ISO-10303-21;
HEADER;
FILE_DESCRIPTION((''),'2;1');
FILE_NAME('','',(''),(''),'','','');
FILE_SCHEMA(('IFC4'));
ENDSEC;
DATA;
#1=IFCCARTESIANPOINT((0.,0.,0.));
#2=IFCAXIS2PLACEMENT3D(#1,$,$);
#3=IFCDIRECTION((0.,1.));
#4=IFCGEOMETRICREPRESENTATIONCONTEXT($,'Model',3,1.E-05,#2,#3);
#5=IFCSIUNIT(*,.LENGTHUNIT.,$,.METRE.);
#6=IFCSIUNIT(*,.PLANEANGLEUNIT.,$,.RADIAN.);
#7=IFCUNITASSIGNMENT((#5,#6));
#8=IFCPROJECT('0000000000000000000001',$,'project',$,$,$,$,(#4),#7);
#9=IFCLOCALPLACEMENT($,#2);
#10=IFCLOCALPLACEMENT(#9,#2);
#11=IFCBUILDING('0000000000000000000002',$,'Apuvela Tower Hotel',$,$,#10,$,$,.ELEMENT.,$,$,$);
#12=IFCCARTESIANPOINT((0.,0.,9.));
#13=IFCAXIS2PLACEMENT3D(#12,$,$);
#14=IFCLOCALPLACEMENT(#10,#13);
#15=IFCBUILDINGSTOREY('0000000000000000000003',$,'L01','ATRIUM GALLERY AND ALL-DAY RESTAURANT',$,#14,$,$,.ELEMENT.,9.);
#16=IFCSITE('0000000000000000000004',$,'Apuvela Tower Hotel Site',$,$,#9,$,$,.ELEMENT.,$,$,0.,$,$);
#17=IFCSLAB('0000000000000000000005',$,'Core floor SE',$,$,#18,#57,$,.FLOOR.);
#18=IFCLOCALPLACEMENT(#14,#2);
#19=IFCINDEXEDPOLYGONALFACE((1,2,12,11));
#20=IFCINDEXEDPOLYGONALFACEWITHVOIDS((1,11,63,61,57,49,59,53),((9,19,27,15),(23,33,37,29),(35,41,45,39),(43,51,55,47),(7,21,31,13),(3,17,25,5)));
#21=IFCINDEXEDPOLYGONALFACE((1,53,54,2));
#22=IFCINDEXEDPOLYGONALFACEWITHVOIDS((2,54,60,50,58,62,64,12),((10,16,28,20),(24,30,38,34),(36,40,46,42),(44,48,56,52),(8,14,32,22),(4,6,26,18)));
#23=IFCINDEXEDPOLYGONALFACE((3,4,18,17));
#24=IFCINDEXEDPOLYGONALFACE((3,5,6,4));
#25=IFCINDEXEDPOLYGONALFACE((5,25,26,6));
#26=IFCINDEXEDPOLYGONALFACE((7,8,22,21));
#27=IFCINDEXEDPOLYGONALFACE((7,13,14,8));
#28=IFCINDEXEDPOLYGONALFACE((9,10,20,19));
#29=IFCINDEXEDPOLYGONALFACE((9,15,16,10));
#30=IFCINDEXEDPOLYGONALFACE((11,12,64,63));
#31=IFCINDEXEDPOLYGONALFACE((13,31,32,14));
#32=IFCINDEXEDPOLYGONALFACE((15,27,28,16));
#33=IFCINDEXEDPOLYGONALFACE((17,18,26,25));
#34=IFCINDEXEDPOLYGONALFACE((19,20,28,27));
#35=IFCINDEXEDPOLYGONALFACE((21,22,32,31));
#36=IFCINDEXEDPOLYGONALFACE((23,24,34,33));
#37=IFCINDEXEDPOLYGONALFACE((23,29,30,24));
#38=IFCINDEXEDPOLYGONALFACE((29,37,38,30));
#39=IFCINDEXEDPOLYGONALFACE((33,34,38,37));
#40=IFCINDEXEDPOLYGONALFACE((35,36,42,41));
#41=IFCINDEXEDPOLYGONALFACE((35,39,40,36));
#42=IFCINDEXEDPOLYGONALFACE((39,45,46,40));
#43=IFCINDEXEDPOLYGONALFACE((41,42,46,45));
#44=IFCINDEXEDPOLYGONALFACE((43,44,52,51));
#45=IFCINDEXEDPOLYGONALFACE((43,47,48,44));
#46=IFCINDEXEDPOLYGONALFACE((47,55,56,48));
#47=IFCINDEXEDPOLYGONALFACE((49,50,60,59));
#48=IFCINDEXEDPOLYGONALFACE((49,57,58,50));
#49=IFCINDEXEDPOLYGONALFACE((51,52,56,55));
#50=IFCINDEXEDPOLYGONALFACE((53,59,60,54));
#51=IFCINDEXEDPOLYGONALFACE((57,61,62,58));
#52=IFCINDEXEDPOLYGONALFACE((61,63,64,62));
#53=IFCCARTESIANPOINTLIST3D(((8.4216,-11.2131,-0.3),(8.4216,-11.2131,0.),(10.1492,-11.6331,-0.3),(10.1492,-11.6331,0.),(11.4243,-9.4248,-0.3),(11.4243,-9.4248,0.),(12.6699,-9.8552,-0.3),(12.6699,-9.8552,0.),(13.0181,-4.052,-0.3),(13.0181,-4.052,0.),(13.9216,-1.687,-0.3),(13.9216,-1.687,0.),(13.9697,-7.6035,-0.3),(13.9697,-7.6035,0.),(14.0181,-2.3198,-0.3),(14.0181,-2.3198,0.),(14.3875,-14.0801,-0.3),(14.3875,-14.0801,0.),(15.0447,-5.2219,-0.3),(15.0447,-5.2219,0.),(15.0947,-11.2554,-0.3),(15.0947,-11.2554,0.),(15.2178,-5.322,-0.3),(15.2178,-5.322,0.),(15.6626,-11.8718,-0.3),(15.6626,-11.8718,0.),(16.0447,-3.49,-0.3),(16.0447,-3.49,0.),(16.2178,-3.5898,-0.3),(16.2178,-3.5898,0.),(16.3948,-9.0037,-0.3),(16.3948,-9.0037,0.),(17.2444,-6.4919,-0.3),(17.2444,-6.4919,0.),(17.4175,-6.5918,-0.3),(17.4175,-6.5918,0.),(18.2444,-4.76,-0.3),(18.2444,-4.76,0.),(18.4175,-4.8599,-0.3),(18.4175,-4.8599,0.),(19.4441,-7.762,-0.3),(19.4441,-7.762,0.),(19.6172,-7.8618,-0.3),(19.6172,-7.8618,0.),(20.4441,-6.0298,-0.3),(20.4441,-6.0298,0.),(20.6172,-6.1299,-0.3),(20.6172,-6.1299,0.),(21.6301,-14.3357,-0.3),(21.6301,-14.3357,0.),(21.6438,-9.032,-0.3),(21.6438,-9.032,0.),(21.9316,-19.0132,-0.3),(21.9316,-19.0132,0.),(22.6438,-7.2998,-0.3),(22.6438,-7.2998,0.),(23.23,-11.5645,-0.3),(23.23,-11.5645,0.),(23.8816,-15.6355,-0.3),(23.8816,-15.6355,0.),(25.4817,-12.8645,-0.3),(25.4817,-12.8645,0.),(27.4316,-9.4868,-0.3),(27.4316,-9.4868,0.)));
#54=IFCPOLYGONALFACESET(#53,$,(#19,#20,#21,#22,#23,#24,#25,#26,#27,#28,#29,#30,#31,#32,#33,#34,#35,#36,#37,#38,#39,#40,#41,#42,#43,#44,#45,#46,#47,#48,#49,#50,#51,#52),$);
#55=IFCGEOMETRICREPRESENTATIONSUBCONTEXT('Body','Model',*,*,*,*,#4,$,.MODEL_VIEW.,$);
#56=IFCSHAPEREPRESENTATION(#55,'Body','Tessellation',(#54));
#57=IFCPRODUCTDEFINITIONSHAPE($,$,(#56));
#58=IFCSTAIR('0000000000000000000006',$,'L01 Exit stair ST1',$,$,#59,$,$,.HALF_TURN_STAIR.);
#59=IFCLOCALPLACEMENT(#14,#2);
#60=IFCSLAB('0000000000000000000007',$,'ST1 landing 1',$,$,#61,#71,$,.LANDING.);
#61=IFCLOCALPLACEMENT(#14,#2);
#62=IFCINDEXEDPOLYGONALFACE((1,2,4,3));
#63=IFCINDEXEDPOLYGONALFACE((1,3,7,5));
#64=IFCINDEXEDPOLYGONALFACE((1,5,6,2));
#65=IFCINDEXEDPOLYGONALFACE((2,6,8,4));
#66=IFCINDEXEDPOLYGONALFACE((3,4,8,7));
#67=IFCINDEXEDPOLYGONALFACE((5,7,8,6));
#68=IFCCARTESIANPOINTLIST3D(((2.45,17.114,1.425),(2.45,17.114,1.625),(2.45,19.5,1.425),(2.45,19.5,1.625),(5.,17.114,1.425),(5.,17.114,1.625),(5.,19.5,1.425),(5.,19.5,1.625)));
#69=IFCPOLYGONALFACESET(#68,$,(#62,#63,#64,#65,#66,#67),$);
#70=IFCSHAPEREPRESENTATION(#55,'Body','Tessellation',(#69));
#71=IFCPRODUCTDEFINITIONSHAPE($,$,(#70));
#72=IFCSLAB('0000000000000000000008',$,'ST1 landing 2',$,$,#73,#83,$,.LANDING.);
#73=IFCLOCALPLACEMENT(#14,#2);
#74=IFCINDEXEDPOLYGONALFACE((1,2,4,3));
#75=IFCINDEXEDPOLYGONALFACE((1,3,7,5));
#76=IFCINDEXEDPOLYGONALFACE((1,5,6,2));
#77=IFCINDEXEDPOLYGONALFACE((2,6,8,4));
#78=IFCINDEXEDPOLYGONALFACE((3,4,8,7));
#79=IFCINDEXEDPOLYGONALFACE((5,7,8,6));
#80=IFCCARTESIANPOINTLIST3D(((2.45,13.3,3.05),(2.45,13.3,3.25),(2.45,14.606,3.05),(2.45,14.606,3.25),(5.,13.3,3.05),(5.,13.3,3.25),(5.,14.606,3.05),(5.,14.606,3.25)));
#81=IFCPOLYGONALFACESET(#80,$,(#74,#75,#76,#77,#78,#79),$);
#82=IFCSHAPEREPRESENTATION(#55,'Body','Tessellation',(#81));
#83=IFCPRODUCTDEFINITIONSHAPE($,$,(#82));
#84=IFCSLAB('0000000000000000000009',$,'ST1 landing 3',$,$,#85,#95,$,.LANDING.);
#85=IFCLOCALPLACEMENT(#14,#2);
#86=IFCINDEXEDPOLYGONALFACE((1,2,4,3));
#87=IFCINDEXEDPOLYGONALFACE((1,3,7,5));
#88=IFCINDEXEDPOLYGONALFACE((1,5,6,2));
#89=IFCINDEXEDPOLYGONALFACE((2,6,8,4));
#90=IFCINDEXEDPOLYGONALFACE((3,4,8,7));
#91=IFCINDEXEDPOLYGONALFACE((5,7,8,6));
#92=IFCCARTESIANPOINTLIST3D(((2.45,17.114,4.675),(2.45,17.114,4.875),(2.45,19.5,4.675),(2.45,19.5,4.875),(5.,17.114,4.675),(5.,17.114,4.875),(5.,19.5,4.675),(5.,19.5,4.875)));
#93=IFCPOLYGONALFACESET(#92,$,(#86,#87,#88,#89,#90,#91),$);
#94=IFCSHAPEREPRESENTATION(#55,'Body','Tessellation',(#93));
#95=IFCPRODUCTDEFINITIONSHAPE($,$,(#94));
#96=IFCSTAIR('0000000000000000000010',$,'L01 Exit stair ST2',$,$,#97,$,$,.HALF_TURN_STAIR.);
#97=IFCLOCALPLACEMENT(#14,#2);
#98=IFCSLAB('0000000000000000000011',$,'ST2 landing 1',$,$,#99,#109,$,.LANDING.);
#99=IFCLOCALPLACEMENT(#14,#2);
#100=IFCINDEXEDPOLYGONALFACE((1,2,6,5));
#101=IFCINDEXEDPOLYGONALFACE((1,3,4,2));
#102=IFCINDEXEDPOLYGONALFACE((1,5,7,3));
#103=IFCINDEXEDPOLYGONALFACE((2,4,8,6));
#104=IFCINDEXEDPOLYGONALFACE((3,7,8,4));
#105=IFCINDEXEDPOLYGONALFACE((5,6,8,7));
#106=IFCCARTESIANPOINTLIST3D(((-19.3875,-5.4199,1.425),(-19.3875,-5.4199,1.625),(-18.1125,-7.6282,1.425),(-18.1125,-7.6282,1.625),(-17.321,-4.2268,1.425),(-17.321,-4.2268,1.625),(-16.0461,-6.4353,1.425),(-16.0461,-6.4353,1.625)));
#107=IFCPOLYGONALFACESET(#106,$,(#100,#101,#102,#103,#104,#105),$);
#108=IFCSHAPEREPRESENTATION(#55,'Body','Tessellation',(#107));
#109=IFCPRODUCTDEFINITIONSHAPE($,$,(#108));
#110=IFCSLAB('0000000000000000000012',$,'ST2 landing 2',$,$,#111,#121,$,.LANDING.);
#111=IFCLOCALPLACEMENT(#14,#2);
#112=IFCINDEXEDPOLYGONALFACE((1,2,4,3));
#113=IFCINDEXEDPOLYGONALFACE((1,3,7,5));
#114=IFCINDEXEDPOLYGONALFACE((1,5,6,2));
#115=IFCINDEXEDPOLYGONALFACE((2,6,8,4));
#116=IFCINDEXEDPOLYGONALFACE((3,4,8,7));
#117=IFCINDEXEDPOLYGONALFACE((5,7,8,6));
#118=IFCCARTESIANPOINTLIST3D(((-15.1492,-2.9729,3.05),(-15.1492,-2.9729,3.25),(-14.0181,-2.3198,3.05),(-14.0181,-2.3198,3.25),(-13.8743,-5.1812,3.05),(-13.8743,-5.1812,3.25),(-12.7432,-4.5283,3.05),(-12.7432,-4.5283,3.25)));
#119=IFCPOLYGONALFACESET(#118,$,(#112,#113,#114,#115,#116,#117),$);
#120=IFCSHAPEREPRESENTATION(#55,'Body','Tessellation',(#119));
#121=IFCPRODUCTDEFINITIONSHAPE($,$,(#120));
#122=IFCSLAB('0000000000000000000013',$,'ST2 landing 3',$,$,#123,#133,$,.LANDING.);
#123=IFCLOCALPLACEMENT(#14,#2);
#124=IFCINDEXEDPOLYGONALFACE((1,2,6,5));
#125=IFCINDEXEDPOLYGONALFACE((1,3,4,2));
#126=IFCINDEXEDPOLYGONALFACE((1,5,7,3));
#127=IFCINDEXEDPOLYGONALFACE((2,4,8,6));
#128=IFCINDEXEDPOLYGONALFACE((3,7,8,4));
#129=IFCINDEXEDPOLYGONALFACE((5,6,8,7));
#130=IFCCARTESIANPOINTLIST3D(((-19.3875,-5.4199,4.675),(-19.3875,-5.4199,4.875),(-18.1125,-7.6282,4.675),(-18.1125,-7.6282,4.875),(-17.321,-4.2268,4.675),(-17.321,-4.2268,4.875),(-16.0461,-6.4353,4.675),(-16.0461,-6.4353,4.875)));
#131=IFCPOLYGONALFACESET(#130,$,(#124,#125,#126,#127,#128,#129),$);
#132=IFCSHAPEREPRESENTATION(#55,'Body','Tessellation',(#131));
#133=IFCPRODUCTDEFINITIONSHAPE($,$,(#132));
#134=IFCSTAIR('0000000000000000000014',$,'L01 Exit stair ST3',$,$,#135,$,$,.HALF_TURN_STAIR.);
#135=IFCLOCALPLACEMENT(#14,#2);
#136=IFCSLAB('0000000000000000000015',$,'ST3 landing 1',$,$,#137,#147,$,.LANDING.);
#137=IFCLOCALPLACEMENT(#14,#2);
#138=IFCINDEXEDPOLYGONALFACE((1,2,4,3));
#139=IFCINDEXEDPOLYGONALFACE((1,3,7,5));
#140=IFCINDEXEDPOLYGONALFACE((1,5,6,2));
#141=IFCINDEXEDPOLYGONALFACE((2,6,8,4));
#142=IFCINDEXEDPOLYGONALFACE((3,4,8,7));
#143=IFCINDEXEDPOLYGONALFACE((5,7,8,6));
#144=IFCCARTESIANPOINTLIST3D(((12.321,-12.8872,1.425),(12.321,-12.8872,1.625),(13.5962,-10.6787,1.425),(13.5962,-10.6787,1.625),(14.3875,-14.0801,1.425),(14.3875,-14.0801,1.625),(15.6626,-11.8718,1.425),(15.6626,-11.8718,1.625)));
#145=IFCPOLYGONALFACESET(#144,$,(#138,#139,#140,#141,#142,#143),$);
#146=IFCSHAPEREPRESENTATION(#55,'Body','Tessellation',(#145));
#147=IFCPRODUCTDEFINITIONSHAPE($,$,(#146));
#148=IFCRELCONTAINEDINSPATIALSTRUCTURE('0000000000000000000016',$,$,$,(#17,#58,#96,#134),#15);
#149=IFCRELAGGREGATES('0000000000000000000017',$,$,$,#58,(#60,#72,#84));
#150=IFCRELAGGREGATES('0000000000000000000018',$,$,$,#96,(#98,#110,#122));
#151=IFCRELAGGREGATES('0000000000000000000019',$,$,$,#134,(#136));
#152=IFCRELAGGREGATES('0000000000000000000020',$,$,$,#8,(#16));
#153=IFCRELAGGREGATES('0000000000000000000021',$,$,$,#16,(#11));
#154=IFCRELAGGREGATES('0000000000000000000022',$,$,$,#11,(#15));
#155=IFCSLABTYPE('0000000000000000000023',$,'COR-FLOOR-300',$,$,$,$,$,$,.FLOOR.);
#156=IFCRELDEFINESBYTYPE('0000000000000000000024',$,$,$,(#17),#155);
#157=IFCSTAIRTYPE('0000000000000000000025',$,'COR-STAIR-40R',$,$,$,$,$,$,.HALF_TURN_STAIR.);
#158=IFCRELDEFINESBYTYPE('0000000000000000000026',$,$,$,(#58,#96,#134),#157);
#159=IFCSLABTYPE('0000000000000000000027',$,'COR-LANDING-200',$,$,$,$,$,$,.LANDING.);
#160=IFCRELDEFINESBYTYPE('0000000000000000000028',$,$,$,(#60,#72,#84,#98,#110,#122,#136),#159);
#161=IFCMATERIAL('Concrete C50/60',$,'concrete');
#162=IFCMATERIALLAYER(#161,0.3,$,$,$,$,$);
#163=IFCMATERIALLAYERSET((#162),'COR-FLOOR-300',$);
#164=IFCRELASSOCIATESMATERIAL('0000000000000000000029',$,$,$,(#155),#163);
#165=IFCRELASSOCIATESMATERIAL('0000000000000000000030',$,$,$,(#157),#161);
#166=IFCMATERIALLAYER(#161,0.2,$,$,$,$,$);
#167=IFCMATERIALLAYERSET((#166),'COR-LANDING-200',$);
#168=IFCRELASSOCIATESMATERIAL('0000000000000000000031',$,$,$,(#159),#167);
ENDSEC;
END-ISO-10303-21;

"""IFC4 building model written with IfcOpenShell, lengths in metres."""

from ifc_helpers import new_model, si_unit, direction, frame, origin, place, context, subcontext, project, spatial, polyline, outline, extrude, material, layer, layer_set, type_object, element, aggregate, save


model = new_model("IFC4")

# Units and contexts
model_context = context("Model", 3, precision=1e-05, world=origin(), true_north=direction((0.0, 1.0)))
body_context = subcontext(model_context, "Body", "Model", "MODEL_VIEW")
ifc_project = project(units=[si_unit("LENGTHUNIT", "METRE"), si_unit("PLANEANGLEUNIT", "RADIAN")], contexts=[model_context])

# Site, building, storey
site_placement = place(None, origin())
site = spatial("IfcSite", under=ifc_project, at=site_placement, Name="Apuvela Tower Hotel Site", CompositionType="ELEMENT", RefElevation=0.0)
building_placement = place(site_placement, origin())
building = spatial("IfcBuilding", under=site, at=building_placement, Name="Apuvela Tower Hotel", CompositionType="ELEMENT")
storey_placement = place(building_placement, frame((0.0, 0.0, 9.0)))
storey = spatial("IfcBuildingStorey", under=building, at=storey_placement, Name="L01", Description="ATRIUM GALLERY AND ALL-DAY RESTAURANT", CompositionType="ELEMENT", Elevation=9.0)

# Slab
ifc_material_1 = material(Name="Concrete C50/60", Category="concrete")
ifc_layer_1 = layer(ifc_material_1, 0.3)
ifc_layer_set_1 = layer_set([ifc_layer_1], Name="COR-FLOOR-300")
slab_type_1 = type_object("IfcSlabType", Name="COR-FLOOR-300", PredefinedType="FLOOR", material=ifc_layer_set_1)
slab_1_placement = place(storey_placement, frame((0.0, 0.0, -0.3)))
element("IfcSlab", 1, at=slab_1_placement, inside=storey, type_object=slab_type_1, Name="Core floor SE", PredefinedType="FLOOR", context=body_context, shape_type="SweptSolid", body=[
    extrude(outline(polyline([(21.9316, -19.0132), (23.8816, -15.6355), (21.6301, -14.3357), (23.23, -11.5645), (25.4817, -12.8645), (27.4316, -9.4868), (13.9216, -1.687), (8.4216, -11.2131), (21.9316, -19.0132)]), holes=[polyline([(13.0181, -4.052), (14.0181, -2.3198), (16.0447, -3.49), (15.0447, -5.2219), (13.0181, -4.052)]), polyline([(17.2444, -6.4919), (15.2178, -5.322), (16.2178, -3.5898), (18.2444, -4.76), (17.2444, -6.4919)]), polyline([(14.3875, -14.0801), (10.1492, -11.6331), (11.4243, -9.4248), (15.6626, -11.8718), (14.3875, -14.0801)]), polyline([(12.6699, -9.8552), (13.9697, -7.6035), (16.3948, -9.0037), (15.0947, -11.2554), (12.6699, -9.8552)]), polyline([(19.4441, -7.762), (17.4175, -6.5918), (18.4175, -4.8599), (20.4441, -6.0298), (19.4441, -7.762)]), polyline([(21.6438, -9.032), (19.6172, -7.8618), (20.6172, -6.1299), (22.6438, -7.2998), (21.6438, -9.032)])]), origin(), (0.0, 0.0, 1.0), 0.3),
])

# Stairs, slabs
stair_type_1 = type_object("IfcStairType", Name="COR-STAIR-40R", PredefinedType="HALF_TURN_STAIR", material=ifc_material_1)
stair_1_placement = place(storey_placement, origin())
stair_1 = element("IfcStair", 2, at=stair_1_placement, inside=storey, type_object=stair_type_1, Name="L01 Exit stair ST1", PredefinedType="HALF_TURN_STAIR")
ifc_layer_2 = layer(ifc_material_1, 0.2)
ifc_layer_set_2 = layer_set([ifc_layer_2], Name="COR-LANDING-200")
slab_type_2 = type_object("IfcSlabType", Name="COR-LANDING-200", PredefinedType="LANDING", material=ifc_layer_set_2)
slab_2_placement = place(storey_placement, frame((0.0, 0.0, 1.425)))
slab_2 = element("IfcSlab", 3, at=slab_2_placement, type_object=slab_type_2, Name="ST1 landing 1", PredefinedType="LANDING", context=body_context, shape_type="SweptSolid", body=[
    extrude(outline(polyline([(5.0, 17.114), (5.0, 19.5), (2.45, 19.5), (2.45, 17.114), (5.0, 17.114)])), origin(), (0.0, 0.0, 1.0), 0.2),
])
slab_3_placement = place(storey_placement, frame((0.0, 0.0, 3.05)))
slab_3 = element("IfcSlab", 4, at=slab_3_placement, type_object=slab_type_2, Name="ST1 landing 2", PredefinedType="LANDING", context=body_context, shape_type="SweptSolid", body=[
    extrude(outline(polyline([(5.0, 13.3), (5.0, 14.606), (2.45, 14.606), (2.45, 13.3), (5.0, 13.3)])), origin(), (0.0, 0.0, 1.0), 0.2),
])
slab_4_placement = place(storey_placement, frame((0.0, 0.0, 4.675)))
slab_4 = element("IfcSlab", 5, at=slab_4_placement, type_object=slab_type_2, Name="ST1 landing 3", PredefinedType="LANDING", context=body_context, shape_type="SweptSolid", body=[
    extrude(outline(polyline([(5.0, 17.114), (5.0, 19.5), (2.45, 19.5), (2.45, 17.114), (5.0, 17.114)])), origin(), (0.0, 0.0, 1.0), 0.2),
])
aggregate(stair_1, [slab_2, slab_3, slab_4])
stair_2_placement = place(storey_placement, origin())
stair_2 = element("IfcStair", 6, at=stair_2_placement, inside=storey, type_object=stair_type_1, Name="L01 Exit stair ST2", PredefinedType="HALF_TURN_STAIR")
slab_5_placement = place(storey_placement, frame((0.0, 0.0, 1.425)))
slab_5 = element("IfcSlab", 7, at=slab_5_placement, type_object=slab_type_2, Name="ST2 landing 1", PredefinedType="LANDING", context=body_context, shape_type="SweptSolid", body=[
    extrude(outline(polyline([(-17.321, -4.2268), (-19.3875, -5.4199), (-18.1125, -7.6282), (-16.0461, -6.4353), (-17.321, -4.2268)])), origin(), (0.0, 0.0, 1.0), 0.2),
])
slab_6_placement = place(storey_placement, frame((0.0, 0.0, 3.05)))
slab_6 = element("IfcSlab", 8, at=slab_6_placement, type_object=slab_type_2, Name="ST2 landing 2", PredefinedType="LANDING", context=body_context, shape_type="SweptSolid", body=[
    extrude(outline(polyline([(-14.0181, -2.3198), (-15.1492, -2.9729), (-13.8743, -5.1812), (-12.7432, -4.5283), (-14.0181, -2.3198)])), origin(), (0.0, 0.0, 1.0), 0.2),
])
slab_7_placement = place(storey_placement, frame((0.0, 0.0, 4.675)))
slab_7 = element("IfcSlab", 9, at=slab_7_placement, type_object=slab_type_2, Name="ST2 landing 3", PredefinedType="LANDING", context=body_context, shape_type="SweptSolid", body=[
    extrude(outline(polyline([(-17.321, -4.2268), (-19.3875, -5.4199), (-18.1125, -7.6282), (-16.0461, -6.4353), (-17.321, -4.2268)])), origin(), (0.0, 0.0, 1.0), 0.2),
])
aggregate(stair_2, [slab_5, slab_6, slab_7])

# Stair, slab
stair_3_placement = place(storey_placement, origin())
stair_3 = element("IfcStair", 10, at=stair_3_placement, inside=storey, type_object=stair_type_1, Name="L01 Exit stair ST3", PredefinedType="HALF_TURN_STAIR")
slab_8_placement = place(storey_placement, frame((0.0, 0.0, 1.425)))
slab_8 = element("IfcSlab", 11, at=slab_8_placement, type_object=slab_type_2, Name="ST3 landing 1", PredefinedType="LANDING", context=body_context, shape_type="SweptSolid", body=[
    extrude(outline(polyline([(12.321, -12.8872), (14.3875, -14.0801), (15.6626, -11.8718), (13.5962, -10.6787), (12.321, -12.8872)])), origin(), (0.0, 0.0, 1.0), 0.2),
])
aggregate(stair_3, [slab_8])

save(model, "model.ifc")
